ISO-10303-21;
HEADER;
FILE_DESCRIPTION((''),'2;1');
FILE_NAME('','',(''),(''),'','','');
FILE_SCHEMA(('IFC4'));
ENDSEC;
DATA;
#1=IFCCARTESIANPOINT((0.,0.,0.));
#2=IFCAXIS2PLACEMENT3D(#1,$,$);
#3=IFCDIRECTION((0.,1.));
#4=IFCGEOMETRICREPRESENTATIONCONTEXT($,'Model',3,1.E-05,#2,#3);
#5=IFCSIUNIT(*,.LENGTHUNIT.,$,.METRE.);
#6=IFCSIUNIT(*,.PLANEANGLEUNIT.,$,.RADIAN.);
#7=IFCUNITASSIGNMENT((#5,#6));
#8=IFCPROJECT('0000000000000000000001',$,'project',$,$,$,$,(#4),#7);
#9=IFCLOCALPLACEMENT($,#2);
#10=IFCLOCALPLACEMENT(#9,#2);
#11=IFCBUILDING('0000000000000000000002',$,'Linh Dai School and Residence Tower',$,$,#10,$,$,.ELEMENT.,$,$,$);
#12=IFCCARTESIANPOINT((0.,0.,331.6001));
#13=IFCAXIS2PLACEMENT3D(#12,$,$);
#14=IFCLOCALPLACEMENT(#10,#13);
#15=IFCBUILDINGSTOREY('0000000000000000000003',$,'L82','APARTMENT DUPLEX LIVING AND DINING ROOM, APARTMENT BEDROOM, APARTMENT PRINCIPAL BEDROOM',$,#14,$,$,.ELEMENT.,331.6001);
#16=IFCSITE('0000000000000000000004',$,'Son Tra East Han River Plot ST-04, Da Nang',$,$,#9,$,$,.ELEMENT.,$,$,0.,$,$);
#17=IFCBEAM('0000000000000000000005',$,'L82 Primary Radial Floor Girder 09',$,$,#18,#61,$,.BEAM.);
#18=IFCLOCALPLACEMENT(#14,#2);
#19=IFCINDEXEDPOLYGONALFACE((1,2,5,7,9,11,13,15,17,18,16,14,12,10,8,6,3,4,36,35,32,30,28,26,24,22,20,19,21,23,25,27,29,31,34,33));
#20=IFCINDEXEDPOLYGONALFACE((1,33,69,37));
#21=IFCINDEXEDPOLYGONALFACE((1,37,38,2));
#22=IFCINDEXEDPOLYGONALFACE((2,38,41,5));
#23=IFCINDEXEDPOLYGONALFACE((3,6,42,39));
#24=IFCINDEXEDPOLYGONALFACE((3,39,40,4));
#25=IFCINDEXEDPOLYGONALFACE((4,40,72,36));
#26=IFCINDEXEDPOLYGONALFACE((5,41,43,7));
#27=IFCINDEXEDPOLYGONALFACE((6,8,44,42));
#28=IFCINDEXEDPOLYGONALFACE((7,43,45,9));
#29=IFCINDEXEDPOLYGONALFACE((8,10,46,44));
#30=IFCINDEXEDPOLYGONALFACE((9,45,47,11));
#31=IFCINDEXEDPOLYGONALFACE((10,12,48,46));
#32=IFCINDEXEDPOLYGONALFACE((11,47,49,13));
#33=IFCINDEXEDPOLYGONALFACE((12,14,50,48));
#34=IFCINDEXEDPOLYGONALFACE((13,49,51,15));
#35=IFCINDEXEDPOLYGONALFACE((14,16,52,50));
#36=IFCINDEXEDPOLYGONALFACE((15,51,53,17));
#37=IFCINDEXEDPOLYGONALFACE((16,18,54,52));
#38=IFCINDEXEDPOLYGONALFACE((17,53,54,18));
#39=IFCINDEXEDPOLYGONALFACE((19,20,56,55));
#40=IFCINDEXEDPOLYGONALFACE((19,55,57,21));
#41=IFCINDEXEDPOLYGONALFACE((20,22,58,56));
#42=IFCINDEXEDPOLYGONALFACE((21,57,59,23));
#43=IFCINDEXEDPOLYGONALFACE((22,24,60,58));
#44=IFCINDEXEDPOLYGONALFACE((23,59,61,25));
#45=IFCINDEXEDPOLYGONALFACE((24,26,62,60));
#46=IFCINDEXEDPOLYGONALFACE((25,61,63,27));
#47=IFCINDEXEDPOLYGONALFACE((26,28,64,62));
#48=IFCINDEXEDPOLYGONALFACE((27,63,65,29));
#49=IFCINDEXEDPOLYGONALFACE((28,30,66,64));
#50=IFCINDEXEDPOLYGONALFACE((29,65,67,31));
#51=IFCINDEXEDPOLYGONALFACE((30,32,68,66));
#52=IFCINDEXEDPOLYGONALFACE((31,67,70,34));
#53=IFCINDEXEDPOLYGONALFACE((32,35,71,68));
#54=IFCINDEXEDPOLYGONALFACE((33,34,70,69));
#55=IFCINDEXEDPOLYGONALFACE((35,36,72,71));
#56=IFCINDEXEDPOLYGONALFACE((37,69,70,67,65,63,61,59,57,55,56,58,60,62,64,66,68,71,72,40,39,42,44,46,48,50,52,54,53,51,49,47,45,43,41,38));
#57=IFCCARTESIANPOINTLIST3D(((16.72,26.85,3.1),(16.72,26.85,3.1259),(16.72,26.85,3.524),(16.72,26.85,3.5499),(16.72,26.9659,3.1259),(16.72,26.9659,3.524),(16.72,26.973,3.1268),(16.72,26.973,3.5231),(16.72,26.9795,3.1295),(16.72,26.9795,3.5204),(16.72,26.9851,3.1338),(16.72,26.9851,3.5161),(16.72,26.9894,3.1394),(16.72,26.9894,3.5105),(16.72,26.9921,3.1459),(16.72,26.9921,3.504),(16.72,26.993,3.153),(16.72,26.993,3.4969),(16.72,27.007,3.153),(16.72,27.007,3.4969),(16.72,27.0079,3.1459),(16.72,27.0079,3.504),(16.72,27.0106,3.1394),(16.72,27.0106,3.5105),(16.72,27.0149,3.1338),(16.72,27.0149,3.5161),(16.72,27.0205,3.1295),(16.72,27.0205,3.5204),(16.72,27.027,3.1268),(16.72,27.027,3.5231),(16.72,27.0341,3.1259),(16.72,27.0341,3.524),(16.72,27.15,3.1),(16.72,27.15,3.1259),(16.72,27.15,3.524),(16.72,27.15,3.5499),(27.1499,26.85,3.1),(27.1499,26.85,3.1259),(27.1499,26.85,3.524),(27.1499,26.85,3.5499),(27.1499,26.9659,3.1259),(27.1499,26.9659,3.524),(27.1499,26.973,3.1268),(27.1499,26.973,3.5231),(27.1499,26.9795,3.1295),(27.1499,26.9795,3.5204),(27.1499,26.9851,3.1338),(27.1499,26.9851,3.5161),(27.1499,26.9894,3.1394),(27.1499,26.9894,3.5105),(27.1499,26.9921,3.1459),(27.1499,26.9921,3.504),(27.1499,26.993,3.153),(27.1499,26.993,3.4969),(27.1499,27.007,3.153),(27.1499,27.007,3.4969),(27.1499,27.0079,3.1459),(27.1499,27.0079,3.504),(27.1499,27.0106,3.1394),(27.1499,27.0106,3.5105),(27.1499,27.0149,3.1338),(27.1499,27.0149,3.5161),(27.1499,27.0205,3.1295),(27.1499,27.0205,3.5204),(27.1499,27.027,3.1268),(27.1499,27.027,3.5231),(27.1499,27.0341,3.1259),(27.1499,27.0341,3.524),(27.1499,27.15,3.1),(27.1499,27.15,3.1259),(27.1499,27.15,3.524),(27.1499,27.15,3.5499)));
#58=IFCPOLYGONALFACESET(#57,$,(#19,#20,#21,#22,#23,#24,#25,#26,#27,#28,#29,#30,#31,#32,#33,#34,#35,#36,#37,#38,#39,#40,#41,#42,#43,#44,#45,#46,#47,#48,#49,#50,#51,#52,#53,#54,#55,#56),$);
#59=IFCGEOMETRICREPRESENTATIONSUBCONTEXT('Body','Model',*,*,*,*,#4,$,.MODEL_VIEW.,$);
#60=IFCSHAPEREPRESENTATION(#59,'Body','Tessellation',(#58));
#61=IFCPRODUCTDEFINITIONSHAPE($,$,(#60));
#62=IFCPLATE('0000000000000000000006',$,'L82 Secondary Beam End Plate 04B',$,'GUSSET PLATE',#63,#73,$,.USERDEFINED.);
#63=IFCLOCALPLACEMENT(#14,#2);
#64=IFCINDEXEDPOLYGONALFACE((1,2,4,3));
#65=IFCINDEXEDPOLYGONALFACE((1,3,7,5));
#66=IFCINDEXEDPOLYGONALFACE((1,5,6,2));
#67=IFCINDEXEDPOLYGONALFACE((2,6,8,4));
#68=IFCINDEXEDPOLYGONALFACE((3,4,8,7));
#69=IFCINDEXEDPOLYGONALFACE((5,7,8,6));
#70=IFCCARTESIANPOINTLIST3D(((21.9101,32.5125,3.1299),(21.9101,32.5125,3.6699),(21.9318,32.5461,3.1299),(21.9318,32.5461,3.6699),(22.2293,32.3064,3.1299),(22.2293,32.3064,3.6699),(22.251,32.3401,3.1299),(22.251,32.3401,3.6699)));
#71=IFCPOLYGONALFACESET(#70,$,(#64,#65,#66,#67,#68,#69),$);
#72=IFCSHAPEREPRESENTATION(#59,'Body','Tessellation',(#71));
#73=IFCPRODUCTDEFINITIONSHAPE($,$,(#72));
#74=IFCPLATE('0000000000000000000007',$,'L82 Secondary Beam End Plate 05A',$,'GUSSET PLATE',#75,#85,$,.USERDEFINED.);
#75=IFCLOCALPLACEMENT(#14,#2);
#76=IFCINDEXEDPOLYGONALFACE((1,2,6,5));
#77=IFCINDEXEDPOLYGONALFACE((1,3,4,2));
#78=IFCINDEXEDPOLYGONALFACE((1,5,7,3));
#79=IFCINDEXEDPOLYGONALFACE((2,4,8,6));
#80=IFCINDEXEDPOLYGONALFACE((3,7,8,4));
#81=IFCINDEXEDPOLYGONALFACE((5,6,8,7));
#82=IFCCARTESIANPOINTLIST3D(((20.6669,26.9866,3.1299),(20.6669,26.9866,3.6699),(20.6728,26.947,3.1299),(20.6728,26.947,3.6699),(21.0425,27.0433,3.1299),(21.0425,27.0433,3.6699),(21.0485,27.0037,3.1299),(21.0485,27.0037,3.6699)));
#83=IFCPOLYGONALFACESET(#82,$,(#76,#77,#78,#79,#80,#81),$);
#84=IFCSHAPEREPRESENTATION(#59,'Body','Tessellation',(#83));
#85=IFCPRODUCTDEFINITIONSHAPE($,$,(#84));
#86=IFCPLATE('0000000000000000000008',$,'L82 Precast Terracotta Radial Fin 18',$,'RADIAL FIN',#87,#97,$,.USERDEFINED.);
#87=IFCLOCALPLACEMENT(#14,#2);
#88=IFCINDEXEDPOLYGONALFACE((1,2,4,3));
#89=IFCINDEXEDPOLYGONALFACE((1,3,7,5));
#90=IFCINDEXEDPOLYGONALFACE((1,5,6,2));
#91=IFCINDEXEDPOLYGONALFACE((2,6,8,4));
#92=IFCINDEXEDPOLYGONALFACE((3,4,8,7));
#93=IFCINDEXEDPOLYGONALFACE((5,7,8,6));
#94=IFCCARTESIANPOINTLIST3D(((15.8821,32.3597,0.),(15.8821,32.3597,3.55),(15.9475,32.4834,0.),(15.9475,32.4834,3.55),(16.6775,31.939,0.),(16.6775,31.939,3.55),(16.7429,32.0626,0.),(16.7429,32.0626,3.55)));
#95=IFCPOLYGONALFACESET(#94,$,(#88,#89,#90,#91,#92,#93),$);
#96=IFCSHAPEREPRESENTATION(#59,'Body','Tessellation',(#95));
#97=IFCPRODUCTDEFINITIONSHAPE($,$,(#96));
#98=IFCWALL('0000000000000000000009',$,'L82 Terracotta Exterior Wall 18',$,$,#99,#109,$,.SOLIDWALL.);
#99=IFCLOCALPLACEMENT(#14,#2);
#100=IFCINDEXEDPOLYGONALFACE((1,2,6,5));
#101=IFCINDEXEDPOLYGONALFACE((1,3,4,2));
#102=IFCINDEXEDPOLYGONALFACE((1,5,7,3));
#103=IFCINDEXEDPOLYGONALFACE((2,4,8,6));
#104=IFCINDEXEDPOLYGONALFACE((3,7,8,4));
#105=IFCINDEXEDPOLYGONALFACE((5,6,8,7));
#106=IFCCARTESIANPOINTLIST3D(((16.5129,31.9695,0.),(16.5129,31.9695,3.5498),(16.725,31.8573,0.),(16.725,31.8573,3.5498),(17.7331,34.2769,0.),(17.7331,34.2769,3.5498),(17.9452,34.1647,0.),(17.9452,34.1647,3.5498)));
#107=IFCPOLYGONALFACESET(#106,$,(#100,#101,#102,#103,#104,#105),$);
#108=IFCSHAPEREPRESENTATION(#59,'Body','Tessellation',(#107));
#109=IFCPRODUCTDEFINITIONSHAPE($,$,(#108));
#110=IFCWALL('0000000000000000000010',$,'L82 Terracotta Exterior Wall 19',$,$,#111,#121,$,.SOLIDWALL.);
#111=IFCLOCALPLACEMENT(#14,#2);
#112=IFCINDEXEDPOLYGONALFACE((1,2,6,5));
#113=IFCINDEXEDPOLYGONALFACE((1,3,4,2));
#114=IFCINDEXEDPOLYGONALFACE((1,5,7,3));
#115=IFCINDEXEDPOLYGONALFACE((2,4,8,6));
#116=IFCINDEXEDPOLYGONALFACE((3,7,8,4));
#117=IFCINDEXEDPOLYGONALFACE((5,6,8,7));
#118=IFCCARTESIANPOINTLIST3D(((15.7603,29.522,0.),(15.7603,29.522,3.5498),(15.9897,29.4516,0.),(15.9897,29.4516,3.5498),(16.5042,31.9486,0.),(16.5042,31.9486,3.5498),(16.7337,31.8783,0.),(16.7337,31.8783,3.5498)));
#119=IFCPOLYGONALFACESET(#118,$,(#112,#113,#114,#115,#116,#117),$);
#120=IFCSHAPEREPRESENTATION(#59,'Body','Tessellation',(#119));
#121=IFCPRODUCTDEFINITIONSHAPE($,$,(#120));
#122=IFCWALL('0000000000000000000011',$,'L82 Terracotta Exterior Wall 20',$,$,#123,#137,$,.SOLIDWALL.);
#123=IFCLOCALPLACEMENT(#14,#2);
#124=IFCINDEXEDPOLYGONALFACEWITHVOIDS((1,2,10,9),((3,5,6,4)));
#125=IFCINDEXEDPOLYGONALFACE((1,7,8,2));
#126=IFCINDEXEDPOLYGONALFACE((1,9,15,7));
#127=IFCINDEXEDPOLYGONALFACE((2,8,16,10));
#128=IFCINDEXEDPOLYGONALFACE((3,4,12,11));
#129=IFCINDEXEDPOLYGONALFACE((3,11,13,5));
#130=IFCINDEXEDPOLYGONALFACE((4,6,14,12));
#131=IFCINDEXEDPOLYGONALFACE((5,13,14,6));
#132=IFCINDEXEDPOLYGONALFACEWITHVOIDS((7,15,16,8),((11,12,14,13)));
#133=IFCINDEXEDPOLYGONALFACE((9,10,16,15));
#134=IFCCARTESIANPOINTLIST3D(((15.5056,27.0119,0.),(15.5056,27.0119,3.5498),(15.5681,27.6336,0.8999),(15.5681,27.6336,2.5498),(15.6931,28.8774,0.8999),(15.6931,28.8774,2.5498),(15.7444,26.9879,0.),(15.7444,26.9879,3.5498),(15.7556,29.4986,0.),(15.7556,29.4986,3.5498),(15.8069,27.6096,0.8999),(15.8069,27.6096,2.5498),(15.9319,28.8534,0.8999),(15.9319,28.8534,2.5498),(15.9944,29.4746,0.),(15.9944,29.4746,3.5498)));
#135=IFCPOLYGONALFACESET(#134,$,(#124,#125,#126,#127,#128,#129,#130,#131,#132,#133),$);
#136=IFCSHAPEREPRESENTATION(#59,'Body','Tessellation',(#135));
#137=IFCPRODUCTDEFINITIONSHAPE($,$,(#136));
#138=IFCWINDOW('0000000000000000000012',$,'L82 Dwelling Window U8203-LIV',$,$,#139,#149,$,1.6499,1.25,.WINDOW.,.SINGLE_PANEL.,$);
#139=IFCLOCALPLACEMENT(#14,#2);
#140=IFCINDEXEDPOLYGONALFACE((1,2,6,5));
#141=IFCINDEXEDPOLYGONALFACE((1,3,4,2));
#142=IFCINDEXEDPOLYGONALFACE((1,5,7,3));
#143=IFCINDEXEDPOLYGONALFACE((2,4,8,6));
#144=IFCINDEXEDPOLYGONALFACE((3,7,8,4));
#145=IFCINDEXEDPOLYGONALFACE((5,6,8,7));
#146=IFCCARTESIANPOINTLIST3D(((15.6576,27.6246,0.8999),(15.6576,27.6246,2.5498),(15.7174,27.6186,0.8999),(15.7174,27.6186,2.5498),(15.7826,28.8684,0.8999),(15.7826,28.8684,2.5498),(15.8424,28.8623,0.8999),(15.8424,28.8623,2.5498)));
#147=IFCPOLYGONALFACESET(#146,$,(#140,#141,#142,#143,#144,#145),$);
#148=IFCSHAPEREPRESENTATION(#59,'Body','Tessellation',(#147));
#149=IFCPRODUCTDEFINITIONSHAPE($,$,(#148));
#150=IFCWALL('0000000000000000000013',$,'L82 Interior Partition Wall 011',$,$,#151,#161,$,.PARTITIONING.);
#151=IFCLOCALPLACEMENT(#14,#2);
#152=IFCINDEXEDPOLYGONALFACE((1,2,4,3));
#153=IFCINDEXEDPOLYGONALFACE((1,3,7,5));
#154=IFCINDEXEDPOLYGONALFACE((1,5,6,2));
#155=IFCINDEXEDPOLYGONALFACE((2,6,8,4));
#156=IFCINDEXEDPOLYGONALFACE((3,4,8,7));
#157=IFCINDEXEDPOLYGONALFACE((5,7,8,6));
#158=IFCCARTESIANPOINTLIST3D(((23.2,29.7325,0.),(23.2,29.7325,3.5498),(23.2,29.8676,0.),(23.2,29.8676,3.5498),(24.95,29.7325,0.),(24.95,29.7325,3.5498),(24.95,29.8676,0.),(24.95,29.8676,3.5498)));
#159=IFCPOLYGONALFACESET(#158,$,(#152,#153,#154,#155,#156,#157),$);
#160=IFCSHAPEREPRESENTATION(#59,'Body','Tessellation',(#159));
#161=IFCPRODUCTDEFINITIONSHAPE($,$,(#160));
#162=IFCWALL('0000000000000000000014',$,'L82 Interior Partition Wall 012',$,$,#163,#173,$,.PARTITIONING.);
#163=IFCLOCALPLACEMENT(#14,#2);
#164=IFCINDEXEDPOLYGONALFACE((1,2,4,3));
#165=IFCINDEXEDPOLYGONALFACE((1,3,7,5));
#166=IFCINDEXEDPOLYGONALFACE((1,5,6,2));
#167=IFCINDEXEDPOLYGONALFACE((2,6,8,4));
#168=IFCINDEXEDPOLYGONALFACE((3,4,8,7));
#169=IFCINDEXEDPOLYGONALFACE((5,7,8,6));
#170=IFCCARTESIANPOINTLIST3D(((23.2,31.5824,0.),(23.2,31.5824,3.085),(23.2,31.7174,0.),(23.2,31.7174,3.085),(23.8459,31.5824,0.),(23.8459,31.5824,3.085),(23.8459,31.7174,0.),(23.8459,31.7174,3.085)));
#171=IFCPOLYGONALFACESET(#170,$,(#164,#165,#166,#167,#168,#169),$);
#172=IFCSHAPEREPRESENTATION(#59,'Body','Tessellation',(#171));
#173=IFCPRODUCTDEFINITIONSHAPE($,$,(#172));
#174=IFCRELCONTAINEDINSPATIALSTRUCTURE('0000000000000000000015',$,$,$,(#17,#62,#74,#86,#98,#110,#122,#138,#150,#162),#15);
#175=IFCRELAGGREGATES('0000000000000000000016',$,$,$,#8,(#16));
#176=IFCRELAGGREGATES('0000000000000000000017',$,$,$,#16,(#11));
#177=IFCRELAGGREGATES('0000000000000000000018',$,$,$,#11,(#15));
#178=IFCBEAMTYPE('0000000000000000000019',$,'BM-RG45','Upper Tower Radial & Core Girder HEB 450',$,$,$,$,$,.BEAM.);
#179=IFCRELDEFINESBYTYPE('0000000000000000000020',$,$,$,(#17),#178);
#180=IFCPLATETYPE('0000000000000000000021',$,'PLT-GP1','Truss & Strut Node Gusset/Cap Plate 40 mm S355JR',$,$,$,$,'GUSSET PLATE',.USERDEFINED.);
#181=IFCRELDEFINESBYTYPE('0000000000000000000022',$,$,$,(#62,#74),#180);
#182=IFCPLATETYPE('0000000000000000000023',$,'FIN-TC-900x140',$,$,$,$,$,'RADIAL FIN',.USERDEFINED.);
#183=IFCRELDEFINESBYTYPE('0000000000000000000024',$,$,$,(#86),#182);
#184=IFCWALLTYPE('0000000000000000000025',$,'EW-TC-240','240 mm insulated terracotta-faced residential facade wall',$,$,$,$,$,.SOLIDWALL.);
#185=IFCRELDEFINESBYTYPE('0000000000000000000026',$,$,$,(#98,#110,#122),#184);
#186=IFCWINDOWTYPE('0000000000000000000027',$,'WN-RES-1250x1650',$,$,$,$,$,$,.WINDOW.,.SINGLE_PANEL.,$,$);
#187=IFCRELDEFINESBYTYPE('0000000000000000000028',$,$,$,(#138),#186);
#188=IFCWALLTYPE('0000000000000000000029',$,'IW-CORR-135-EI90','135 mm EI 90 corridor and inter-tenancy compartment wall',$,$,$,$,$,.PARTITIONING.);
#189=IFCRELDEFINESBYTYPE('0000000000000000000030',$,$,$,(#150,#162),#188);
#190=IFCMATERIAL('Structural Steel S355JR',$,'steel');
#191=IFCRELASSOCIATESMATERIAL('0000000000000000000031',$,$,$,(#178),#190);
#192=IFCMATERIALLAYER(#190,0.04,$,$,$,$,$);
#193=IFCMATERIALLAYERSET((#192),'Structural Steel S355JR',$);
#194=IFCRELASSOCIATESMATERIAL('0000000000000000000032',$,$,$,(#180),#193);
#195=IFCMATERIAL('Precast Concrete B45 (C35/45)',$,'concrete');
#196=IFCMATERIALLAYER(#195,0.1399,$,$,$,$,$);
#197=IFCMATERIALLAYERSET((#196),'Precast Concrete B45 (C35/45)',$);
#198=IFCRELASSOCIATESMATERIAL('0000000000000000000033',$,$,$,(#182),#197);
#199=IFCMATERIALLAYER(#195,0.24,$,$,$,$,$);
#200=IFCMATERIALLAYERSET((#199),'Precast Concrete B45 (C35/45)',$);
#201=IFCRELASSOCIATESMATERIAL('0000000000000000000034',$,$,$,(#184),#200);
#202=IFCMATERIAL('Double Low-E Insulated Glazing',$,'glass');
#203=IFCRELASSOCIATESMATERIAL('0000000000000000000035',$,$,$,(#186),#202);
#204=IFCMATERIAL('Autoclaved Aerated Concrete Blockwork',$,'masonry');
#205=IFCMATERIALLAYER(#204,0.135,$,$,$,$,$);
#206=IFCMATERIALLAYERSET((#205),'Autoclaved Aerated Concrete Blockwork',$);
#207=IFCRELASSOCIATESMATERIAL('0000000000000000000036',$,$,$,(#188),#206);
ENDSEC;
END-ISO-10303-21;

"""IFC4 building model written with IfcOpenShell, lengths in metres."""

from ifc_helpers import new_model, si_unit, direction, frame, frame_2d, origin, origin_2d, place, context, subcontext, project, spatial, rectangle, i_section, extrude, source, transform, mapped, material, layer, layer_set, material_profile, profile_set, type_object, element, fill, save


model = new_model("IFC4")

# Units and contexts
model_context = context("Model", 3, precision=1e-05, world=origin(), true_north=direction((0.0, 1.0)))
body_context = subcontext(model_context, "Body", "Model", "MODEL_VIEW")
ifc_project = project(units=[si_unit("LENGTHUNIT", "METRE"), si_unit("PLANEANGLEUNIT", "RADIAN")], contexts=[model_context])

# Site, building, storey
site_placement = place(None, origin())
site = spatial("IfcSite", under=ifc_project, at=site_placement, Name="Son Tra East Han River Plot ST-04, Da Nang", CompositionType="ELEMENT", RefElevation=0.0)
building_placement = place(site_placement, origin())
building = spatial("IfcBuilding", under=site, at=building_placement, Name="Linh Dai School and Residence Tower", CompositionType="ELEMENT")
storey_placement = place(building_placement, frame((0.0, 0.0, 331.6001)))
storey = spatial("IfcBuildingStorey", under=building, at=storey_placement, Name="L82", Description="APARTMENT DUPLEX LIVING AND DINING ROOM, APARTMENT BEDROOM, APARTMENT PRINCIPAL BEDROOM", CompositionType="ELEMENT", Elevation=331.6001)

# Shared definitions
ifc_material_1 = material(Name="Structural Steel S355JR", Category="steel")

# Beam
ifc_material_profile_1 = material_profile(ifc_material_1, i_section(OverallWidth=0.3, OverallDepth=0.45, WebThickness=0.0139, FlangeThickness=0.0259, FilletRadius=0.0271, at=origin_2d()), Name="HEB 450")
ifc_profile_set_1 = profile_set([ifc_material_profile_1], Name="Structural Steel S355JR")
beam_type = type_object("IfcBeamType", Name="BM-RG45", Description="Upper Tower Radial & Core Girder HEB 450", PredefinedType="BEAM", material=ifc_profile_set_1)
beam_1_placement = place(storey_placement, frame((27.1499, 27.0, 3.325), z_axis=(-1.0, 0.0, 0.0), x_axis=(0.0, -1.0, 0.0)))
element("IfcBeam", 1, at=beam_1_placement, inside=storey, type_object=beam_type, Name="L82 Primary Radial Floor Girder 09", PredefinedType="BEAM", context=body_context, shape_type="SweptSolid", body=[
    extrude(i_section(OverallWidth=0.3, OverallDepth=0.45, WebThickness=0.0139, FlangeThickness=0.0259, FilletRadius=0.0271, at=origin_2d()), origin(), (0.0, 0.0, 1.0), 10.4299),
])

# Plates
ifc_layer_1 = layer(ifc_material_1, 0.04)
ifc_layer_set_1 = layer_set([ifc_layer_1], Name="Structural Steel S355JR")
plate_type_1 = type_object("IfcPlateType", Name="PLT-GP1", Description="Truss & Strut Node Gusset/Cap Plate 40 mm S355JR", ElementType="GUSSET PLATE", PredefinedType="USERDEFINED", material=ifc_layer_set_1)
shared_shape_1 = source(origin(), body_context, "Body", "SweptSolid", [
    extrude(rectangle(XDim=0.04, YDim=0.3799, at=origin_2d()), origin(), (0.0, 0.0, 1.0), 0.54),
])
for number, where, z_axis, x_axis, name in (
    (2, (22.0806, 32.4263, 3.1299), (0.0, 0.0, 1.0), (-0.542322, -0.840171, 0.0), "L82 Secondary Beam End Plate 04B"),
    (3, (20.8577, 26.9951, 3.1299), (0.0, 0.0, 1.0), (0.149196, -0.988808, 0.0), "L82 Secondary Beam End Plate 05A"),
):
    element("IfcPlate", number, at=place(storey_placement, frame(where, z_axis=z_axis, x_axis=x_axis)), inside=storey, type_object=plate_type_1, Name=name, ObjectType="GUSSET PLATE", PredefinedType="USERDEFINED", context=body_context, shape_type="MappedRepresentation", body=[
        mapped(shared_shape_1, transform((0.0, 0.0, 0.0), x_axis=(1.0, 0.0, 0.0), y_axis=(0.0, 1.0, 0.0), z_axis=(0.0, 0.0, 1.0), scale=1.0)),
    ])
ifc_material_2 = material(Name="Precast Concrete B45 (C35/45)", Category="concrete")
ifc_layer_2 = layer(ifc_material_2, 0.1399)
ifc_layer_set_2 = layer_set([ifc_layer_2], Name="Precast Concrete B45 (C35/45)")
plate_type_2 = type_object("IfcPlateType", Name="FIN-TC-900x140", ElementType="RADIAL FIN", PredefinedType="USERDEFINED", material=ifc_layer_set_2)
shared_shape_2 = source(origin(), body_context, "Body", "SweptSolid", [
    extrude(rectangle(XDim=0.8999, YDim=0.1399, at=origin_2d()), origin(), (0.0, 0.0, 1.0), 3.55),
])
plate_placement = place(storey_placement, frame((16.3125, 32.2112, 0.0), z_axis=(0.0, 0.0, 1.0), x_axis=(-0.883972, 0.46754, 0.0)))
element("IfcPlate", 4, at=plate_placement, inside=storey, type_object=plate_type_2, Name="L82 Precast Terracotta Radial Fin 18", ObjectType="RADIAL FIN", PredefinedType="USERDEFINED", context=body_context, shape_type="MappedRepresentation", body=[
    mapped(shared_shape_2, transform((0.0, 0.0, 0.0), x_axis=(1.0, 0.0, 0.0), y_axis=(0.0, 1.0, 0.0), z_axis=(0.0, 0.0, 1.0), scale=1.0)),
])

# Walls
ifc_layer_3 = layer(ifc_material_2, 0.24)
ifc_layer_set_3 = layer_set([ifc_layer_3], Name="Precast Concrete B45 (C35/45)")
wall_type_1 = type_object("IfcWallType", Name="EW-TC-240", Description="240 mm insulated terracotta-faced residential facade wall", PredefinedType="SOLIDWALL", material=ifc_layer_set_3)
wall_1_placement = place(storey_placement, frame((16.6189, 31.9133, 0.0), z_axis=(0.0, 0.0, 1.0), x_axis=(0.467488, 0.883999, 0.0)))
element("IfcWall", 5, at=wall_1_placement, inside=storey, type_object=wall_type_1, Name="L82 Terracotta Exterior Wall 18", PredefinedType="SOLIDWALL", context=body_context, shape_type="SweptSolid", body=[
    extrude(rectangle(XDim=2.6101, YDim=0.24, at=frame_2d((1.3052, 0.0))), origin(), (0.0, 0.0, 1.0), 3.5498),
])
wall_2_placement = place(storey_placement, frame((15.875, 29.4868, 0.0), z_axis=(0.0, 0.0, 1.0), x_axis=(0.293106, 0.95608, 0.0)))
element("IfcWall", 6, at=wall_2_placement, inside=storey, type_object=wall_type_1, Name="L82 Terracotta Exterior Wall 19", PredefinedType="SOLIDWALL", context=body_context, shape_type="SweptSolid", body=[
    extrude(rectangle(XDim=2.5381, YDim=0.24, at=frame_2d((1.269, 0.0))), origin(), (0.0, 0.0, 1.0), 3.5498),
])

# Wall, opening, window
wall_3_placement = place(storey_placement, frame((15.625, 27.0, 0.0), z_axis=(0.0, 0.0, 1.0), x_axis=(0.100026, 0.994985, 0.0)))
wall_3 = element("IfcWall", 7, at=wall_3_placement, inside=storey, type_object=wall_type_1, Name="L82 Terracotta Exterior Wall 20", PredefinedType="SOLIDWALL", context=body_context, shape_type="SweptSolid", body=[
    extrude(rectangle(XDim=2.4993, YDim=0.24, at=frame_2d((1.2495, 0.0))), origin(), (0.0, 0.0, 1.0), 3.5498),
])
opening_1_placement = place(wall_3_placement, frame((0.6248, 0.0, 0.8999)))
opening_1 = element("IfcOpeningElement", 8, at=opening_1_placement, cuts=wall_3, PredefinedType="OPENING", context=body_context, shape_type="SweptSolid", body=[
    extrude(rectangle(XDim=1.25, YDim=1.6499, at=origin_2d()), frame((0.625, 0.1299, 0.825), z_axis=(0.0, -1.0, 0.0), x_axis=(1.0, 0.0, 0.0)), (0.0, 0.0, 1.0), 0.26),
])
ifc_material_3 = material(Name="Double Low-E Insulated Glazing", Category="glass")
window_type = type_object("IfcWindowType", Name="WN-RES-1250x1650", PartitioningType="SINGLE_PANEL", PredefinedType="WINDOW", material=ifc_material_3)
shared_shape_3 = source(origin(), body_context, "Body", "SweptSolid", [
    extrude(rectangle(XDim=1.25, YDim=1.6499, at=origin_2d()), frame((0.625, 0.03, 0.825), z_axis=(0.0, -1.0, 0.0), x_axis=(1.0, 0.0, 0.0)), (0.0, 0.0, 1.0), 0.0601),
])
window_placement = place(opening_1_placement, origin())
window = element("IfcWindow", 9, at=window_placement, inside=storey, type_object=window_type, Name="L82 Dwelling Window U8203-LIV", OverallHeight=1.6499, OverallWidth=1.25, PartitioningType="SINGLE_PANEL", PredefinedType="WINDOW", context=body_context, shape_type="MappedRepresentation", body=[
    mapped(shared_shape_3, transform((0.0, 0.0, 0.0), x_axis=(1.0, 0.0, 0.0), y_axis=(0.0, 1.0, 0.0), z_axis=(0.0, 0.0, 1.0), scale=1.0)),
])
fill(opening_1, window)

# Shared definitions
ifc_material_4 = material(Name="Autoclaved Aerated Concrete Blockwork", Category="masonry")
ifc_layer_4 = layer(ifc_material_4, 0.135)
ifc_layer_set_4 = layer_set([ifc_layer_4], Name="Autoclaved Aerated Concrete Blockwork")
wall_type_2 = type_object("IfcWallType", Name="IW-CORR-135-EI90", Description="135 mm EI 90 corridor and inter-tenancy compartment wall", PredefinedType="PARTITIONING", material=ifc_layer_set_4)

# Walls
wall_4_placement = place(storey_placement, frame((23.2, 29.8, 0.0), z_axis=(0.0, 0.0, 1.0), x_axis=(1.0, 0.0, 0.0)))
element("IfcWall", 10, at=wall_4_placement, inside=storey, type_object=wall_type_2, Name="L82 Interior Partition Wall 011", PredefinedType="PARTITIONING", context=body_context, shape_type="SweptSolid", body=[
    extrude(rectangle(XDim=1.75, YDim=0.135, at=frame_2d((0.875, 0.0))), origin(), (0.0, 0.0, 1.0), 3.5498),
])
wall_5_placement = place(storey_placement, frame((23.2, 31.6499, 0.0), z_axis=(0.0, 0.0, 1.0), x_axis=(1.0, 0.0, 0.0)))
element("IfcWall", 11, at=wall_5_placement, inside=storey, type_object=wall_type_2, Name="L82 Interior Partition Wall 012", PredefinedType="PARTITIONING", context=body_context, shape_type="SweptSolid", body=[
    extrude(rectangle(XDim=0.646, YDim=0.135, at=frame_2d((0.323, 0.0))), origin(), (0.0, 0.0, 1.0), 3.085),
])

save(model, "model.ifc")
